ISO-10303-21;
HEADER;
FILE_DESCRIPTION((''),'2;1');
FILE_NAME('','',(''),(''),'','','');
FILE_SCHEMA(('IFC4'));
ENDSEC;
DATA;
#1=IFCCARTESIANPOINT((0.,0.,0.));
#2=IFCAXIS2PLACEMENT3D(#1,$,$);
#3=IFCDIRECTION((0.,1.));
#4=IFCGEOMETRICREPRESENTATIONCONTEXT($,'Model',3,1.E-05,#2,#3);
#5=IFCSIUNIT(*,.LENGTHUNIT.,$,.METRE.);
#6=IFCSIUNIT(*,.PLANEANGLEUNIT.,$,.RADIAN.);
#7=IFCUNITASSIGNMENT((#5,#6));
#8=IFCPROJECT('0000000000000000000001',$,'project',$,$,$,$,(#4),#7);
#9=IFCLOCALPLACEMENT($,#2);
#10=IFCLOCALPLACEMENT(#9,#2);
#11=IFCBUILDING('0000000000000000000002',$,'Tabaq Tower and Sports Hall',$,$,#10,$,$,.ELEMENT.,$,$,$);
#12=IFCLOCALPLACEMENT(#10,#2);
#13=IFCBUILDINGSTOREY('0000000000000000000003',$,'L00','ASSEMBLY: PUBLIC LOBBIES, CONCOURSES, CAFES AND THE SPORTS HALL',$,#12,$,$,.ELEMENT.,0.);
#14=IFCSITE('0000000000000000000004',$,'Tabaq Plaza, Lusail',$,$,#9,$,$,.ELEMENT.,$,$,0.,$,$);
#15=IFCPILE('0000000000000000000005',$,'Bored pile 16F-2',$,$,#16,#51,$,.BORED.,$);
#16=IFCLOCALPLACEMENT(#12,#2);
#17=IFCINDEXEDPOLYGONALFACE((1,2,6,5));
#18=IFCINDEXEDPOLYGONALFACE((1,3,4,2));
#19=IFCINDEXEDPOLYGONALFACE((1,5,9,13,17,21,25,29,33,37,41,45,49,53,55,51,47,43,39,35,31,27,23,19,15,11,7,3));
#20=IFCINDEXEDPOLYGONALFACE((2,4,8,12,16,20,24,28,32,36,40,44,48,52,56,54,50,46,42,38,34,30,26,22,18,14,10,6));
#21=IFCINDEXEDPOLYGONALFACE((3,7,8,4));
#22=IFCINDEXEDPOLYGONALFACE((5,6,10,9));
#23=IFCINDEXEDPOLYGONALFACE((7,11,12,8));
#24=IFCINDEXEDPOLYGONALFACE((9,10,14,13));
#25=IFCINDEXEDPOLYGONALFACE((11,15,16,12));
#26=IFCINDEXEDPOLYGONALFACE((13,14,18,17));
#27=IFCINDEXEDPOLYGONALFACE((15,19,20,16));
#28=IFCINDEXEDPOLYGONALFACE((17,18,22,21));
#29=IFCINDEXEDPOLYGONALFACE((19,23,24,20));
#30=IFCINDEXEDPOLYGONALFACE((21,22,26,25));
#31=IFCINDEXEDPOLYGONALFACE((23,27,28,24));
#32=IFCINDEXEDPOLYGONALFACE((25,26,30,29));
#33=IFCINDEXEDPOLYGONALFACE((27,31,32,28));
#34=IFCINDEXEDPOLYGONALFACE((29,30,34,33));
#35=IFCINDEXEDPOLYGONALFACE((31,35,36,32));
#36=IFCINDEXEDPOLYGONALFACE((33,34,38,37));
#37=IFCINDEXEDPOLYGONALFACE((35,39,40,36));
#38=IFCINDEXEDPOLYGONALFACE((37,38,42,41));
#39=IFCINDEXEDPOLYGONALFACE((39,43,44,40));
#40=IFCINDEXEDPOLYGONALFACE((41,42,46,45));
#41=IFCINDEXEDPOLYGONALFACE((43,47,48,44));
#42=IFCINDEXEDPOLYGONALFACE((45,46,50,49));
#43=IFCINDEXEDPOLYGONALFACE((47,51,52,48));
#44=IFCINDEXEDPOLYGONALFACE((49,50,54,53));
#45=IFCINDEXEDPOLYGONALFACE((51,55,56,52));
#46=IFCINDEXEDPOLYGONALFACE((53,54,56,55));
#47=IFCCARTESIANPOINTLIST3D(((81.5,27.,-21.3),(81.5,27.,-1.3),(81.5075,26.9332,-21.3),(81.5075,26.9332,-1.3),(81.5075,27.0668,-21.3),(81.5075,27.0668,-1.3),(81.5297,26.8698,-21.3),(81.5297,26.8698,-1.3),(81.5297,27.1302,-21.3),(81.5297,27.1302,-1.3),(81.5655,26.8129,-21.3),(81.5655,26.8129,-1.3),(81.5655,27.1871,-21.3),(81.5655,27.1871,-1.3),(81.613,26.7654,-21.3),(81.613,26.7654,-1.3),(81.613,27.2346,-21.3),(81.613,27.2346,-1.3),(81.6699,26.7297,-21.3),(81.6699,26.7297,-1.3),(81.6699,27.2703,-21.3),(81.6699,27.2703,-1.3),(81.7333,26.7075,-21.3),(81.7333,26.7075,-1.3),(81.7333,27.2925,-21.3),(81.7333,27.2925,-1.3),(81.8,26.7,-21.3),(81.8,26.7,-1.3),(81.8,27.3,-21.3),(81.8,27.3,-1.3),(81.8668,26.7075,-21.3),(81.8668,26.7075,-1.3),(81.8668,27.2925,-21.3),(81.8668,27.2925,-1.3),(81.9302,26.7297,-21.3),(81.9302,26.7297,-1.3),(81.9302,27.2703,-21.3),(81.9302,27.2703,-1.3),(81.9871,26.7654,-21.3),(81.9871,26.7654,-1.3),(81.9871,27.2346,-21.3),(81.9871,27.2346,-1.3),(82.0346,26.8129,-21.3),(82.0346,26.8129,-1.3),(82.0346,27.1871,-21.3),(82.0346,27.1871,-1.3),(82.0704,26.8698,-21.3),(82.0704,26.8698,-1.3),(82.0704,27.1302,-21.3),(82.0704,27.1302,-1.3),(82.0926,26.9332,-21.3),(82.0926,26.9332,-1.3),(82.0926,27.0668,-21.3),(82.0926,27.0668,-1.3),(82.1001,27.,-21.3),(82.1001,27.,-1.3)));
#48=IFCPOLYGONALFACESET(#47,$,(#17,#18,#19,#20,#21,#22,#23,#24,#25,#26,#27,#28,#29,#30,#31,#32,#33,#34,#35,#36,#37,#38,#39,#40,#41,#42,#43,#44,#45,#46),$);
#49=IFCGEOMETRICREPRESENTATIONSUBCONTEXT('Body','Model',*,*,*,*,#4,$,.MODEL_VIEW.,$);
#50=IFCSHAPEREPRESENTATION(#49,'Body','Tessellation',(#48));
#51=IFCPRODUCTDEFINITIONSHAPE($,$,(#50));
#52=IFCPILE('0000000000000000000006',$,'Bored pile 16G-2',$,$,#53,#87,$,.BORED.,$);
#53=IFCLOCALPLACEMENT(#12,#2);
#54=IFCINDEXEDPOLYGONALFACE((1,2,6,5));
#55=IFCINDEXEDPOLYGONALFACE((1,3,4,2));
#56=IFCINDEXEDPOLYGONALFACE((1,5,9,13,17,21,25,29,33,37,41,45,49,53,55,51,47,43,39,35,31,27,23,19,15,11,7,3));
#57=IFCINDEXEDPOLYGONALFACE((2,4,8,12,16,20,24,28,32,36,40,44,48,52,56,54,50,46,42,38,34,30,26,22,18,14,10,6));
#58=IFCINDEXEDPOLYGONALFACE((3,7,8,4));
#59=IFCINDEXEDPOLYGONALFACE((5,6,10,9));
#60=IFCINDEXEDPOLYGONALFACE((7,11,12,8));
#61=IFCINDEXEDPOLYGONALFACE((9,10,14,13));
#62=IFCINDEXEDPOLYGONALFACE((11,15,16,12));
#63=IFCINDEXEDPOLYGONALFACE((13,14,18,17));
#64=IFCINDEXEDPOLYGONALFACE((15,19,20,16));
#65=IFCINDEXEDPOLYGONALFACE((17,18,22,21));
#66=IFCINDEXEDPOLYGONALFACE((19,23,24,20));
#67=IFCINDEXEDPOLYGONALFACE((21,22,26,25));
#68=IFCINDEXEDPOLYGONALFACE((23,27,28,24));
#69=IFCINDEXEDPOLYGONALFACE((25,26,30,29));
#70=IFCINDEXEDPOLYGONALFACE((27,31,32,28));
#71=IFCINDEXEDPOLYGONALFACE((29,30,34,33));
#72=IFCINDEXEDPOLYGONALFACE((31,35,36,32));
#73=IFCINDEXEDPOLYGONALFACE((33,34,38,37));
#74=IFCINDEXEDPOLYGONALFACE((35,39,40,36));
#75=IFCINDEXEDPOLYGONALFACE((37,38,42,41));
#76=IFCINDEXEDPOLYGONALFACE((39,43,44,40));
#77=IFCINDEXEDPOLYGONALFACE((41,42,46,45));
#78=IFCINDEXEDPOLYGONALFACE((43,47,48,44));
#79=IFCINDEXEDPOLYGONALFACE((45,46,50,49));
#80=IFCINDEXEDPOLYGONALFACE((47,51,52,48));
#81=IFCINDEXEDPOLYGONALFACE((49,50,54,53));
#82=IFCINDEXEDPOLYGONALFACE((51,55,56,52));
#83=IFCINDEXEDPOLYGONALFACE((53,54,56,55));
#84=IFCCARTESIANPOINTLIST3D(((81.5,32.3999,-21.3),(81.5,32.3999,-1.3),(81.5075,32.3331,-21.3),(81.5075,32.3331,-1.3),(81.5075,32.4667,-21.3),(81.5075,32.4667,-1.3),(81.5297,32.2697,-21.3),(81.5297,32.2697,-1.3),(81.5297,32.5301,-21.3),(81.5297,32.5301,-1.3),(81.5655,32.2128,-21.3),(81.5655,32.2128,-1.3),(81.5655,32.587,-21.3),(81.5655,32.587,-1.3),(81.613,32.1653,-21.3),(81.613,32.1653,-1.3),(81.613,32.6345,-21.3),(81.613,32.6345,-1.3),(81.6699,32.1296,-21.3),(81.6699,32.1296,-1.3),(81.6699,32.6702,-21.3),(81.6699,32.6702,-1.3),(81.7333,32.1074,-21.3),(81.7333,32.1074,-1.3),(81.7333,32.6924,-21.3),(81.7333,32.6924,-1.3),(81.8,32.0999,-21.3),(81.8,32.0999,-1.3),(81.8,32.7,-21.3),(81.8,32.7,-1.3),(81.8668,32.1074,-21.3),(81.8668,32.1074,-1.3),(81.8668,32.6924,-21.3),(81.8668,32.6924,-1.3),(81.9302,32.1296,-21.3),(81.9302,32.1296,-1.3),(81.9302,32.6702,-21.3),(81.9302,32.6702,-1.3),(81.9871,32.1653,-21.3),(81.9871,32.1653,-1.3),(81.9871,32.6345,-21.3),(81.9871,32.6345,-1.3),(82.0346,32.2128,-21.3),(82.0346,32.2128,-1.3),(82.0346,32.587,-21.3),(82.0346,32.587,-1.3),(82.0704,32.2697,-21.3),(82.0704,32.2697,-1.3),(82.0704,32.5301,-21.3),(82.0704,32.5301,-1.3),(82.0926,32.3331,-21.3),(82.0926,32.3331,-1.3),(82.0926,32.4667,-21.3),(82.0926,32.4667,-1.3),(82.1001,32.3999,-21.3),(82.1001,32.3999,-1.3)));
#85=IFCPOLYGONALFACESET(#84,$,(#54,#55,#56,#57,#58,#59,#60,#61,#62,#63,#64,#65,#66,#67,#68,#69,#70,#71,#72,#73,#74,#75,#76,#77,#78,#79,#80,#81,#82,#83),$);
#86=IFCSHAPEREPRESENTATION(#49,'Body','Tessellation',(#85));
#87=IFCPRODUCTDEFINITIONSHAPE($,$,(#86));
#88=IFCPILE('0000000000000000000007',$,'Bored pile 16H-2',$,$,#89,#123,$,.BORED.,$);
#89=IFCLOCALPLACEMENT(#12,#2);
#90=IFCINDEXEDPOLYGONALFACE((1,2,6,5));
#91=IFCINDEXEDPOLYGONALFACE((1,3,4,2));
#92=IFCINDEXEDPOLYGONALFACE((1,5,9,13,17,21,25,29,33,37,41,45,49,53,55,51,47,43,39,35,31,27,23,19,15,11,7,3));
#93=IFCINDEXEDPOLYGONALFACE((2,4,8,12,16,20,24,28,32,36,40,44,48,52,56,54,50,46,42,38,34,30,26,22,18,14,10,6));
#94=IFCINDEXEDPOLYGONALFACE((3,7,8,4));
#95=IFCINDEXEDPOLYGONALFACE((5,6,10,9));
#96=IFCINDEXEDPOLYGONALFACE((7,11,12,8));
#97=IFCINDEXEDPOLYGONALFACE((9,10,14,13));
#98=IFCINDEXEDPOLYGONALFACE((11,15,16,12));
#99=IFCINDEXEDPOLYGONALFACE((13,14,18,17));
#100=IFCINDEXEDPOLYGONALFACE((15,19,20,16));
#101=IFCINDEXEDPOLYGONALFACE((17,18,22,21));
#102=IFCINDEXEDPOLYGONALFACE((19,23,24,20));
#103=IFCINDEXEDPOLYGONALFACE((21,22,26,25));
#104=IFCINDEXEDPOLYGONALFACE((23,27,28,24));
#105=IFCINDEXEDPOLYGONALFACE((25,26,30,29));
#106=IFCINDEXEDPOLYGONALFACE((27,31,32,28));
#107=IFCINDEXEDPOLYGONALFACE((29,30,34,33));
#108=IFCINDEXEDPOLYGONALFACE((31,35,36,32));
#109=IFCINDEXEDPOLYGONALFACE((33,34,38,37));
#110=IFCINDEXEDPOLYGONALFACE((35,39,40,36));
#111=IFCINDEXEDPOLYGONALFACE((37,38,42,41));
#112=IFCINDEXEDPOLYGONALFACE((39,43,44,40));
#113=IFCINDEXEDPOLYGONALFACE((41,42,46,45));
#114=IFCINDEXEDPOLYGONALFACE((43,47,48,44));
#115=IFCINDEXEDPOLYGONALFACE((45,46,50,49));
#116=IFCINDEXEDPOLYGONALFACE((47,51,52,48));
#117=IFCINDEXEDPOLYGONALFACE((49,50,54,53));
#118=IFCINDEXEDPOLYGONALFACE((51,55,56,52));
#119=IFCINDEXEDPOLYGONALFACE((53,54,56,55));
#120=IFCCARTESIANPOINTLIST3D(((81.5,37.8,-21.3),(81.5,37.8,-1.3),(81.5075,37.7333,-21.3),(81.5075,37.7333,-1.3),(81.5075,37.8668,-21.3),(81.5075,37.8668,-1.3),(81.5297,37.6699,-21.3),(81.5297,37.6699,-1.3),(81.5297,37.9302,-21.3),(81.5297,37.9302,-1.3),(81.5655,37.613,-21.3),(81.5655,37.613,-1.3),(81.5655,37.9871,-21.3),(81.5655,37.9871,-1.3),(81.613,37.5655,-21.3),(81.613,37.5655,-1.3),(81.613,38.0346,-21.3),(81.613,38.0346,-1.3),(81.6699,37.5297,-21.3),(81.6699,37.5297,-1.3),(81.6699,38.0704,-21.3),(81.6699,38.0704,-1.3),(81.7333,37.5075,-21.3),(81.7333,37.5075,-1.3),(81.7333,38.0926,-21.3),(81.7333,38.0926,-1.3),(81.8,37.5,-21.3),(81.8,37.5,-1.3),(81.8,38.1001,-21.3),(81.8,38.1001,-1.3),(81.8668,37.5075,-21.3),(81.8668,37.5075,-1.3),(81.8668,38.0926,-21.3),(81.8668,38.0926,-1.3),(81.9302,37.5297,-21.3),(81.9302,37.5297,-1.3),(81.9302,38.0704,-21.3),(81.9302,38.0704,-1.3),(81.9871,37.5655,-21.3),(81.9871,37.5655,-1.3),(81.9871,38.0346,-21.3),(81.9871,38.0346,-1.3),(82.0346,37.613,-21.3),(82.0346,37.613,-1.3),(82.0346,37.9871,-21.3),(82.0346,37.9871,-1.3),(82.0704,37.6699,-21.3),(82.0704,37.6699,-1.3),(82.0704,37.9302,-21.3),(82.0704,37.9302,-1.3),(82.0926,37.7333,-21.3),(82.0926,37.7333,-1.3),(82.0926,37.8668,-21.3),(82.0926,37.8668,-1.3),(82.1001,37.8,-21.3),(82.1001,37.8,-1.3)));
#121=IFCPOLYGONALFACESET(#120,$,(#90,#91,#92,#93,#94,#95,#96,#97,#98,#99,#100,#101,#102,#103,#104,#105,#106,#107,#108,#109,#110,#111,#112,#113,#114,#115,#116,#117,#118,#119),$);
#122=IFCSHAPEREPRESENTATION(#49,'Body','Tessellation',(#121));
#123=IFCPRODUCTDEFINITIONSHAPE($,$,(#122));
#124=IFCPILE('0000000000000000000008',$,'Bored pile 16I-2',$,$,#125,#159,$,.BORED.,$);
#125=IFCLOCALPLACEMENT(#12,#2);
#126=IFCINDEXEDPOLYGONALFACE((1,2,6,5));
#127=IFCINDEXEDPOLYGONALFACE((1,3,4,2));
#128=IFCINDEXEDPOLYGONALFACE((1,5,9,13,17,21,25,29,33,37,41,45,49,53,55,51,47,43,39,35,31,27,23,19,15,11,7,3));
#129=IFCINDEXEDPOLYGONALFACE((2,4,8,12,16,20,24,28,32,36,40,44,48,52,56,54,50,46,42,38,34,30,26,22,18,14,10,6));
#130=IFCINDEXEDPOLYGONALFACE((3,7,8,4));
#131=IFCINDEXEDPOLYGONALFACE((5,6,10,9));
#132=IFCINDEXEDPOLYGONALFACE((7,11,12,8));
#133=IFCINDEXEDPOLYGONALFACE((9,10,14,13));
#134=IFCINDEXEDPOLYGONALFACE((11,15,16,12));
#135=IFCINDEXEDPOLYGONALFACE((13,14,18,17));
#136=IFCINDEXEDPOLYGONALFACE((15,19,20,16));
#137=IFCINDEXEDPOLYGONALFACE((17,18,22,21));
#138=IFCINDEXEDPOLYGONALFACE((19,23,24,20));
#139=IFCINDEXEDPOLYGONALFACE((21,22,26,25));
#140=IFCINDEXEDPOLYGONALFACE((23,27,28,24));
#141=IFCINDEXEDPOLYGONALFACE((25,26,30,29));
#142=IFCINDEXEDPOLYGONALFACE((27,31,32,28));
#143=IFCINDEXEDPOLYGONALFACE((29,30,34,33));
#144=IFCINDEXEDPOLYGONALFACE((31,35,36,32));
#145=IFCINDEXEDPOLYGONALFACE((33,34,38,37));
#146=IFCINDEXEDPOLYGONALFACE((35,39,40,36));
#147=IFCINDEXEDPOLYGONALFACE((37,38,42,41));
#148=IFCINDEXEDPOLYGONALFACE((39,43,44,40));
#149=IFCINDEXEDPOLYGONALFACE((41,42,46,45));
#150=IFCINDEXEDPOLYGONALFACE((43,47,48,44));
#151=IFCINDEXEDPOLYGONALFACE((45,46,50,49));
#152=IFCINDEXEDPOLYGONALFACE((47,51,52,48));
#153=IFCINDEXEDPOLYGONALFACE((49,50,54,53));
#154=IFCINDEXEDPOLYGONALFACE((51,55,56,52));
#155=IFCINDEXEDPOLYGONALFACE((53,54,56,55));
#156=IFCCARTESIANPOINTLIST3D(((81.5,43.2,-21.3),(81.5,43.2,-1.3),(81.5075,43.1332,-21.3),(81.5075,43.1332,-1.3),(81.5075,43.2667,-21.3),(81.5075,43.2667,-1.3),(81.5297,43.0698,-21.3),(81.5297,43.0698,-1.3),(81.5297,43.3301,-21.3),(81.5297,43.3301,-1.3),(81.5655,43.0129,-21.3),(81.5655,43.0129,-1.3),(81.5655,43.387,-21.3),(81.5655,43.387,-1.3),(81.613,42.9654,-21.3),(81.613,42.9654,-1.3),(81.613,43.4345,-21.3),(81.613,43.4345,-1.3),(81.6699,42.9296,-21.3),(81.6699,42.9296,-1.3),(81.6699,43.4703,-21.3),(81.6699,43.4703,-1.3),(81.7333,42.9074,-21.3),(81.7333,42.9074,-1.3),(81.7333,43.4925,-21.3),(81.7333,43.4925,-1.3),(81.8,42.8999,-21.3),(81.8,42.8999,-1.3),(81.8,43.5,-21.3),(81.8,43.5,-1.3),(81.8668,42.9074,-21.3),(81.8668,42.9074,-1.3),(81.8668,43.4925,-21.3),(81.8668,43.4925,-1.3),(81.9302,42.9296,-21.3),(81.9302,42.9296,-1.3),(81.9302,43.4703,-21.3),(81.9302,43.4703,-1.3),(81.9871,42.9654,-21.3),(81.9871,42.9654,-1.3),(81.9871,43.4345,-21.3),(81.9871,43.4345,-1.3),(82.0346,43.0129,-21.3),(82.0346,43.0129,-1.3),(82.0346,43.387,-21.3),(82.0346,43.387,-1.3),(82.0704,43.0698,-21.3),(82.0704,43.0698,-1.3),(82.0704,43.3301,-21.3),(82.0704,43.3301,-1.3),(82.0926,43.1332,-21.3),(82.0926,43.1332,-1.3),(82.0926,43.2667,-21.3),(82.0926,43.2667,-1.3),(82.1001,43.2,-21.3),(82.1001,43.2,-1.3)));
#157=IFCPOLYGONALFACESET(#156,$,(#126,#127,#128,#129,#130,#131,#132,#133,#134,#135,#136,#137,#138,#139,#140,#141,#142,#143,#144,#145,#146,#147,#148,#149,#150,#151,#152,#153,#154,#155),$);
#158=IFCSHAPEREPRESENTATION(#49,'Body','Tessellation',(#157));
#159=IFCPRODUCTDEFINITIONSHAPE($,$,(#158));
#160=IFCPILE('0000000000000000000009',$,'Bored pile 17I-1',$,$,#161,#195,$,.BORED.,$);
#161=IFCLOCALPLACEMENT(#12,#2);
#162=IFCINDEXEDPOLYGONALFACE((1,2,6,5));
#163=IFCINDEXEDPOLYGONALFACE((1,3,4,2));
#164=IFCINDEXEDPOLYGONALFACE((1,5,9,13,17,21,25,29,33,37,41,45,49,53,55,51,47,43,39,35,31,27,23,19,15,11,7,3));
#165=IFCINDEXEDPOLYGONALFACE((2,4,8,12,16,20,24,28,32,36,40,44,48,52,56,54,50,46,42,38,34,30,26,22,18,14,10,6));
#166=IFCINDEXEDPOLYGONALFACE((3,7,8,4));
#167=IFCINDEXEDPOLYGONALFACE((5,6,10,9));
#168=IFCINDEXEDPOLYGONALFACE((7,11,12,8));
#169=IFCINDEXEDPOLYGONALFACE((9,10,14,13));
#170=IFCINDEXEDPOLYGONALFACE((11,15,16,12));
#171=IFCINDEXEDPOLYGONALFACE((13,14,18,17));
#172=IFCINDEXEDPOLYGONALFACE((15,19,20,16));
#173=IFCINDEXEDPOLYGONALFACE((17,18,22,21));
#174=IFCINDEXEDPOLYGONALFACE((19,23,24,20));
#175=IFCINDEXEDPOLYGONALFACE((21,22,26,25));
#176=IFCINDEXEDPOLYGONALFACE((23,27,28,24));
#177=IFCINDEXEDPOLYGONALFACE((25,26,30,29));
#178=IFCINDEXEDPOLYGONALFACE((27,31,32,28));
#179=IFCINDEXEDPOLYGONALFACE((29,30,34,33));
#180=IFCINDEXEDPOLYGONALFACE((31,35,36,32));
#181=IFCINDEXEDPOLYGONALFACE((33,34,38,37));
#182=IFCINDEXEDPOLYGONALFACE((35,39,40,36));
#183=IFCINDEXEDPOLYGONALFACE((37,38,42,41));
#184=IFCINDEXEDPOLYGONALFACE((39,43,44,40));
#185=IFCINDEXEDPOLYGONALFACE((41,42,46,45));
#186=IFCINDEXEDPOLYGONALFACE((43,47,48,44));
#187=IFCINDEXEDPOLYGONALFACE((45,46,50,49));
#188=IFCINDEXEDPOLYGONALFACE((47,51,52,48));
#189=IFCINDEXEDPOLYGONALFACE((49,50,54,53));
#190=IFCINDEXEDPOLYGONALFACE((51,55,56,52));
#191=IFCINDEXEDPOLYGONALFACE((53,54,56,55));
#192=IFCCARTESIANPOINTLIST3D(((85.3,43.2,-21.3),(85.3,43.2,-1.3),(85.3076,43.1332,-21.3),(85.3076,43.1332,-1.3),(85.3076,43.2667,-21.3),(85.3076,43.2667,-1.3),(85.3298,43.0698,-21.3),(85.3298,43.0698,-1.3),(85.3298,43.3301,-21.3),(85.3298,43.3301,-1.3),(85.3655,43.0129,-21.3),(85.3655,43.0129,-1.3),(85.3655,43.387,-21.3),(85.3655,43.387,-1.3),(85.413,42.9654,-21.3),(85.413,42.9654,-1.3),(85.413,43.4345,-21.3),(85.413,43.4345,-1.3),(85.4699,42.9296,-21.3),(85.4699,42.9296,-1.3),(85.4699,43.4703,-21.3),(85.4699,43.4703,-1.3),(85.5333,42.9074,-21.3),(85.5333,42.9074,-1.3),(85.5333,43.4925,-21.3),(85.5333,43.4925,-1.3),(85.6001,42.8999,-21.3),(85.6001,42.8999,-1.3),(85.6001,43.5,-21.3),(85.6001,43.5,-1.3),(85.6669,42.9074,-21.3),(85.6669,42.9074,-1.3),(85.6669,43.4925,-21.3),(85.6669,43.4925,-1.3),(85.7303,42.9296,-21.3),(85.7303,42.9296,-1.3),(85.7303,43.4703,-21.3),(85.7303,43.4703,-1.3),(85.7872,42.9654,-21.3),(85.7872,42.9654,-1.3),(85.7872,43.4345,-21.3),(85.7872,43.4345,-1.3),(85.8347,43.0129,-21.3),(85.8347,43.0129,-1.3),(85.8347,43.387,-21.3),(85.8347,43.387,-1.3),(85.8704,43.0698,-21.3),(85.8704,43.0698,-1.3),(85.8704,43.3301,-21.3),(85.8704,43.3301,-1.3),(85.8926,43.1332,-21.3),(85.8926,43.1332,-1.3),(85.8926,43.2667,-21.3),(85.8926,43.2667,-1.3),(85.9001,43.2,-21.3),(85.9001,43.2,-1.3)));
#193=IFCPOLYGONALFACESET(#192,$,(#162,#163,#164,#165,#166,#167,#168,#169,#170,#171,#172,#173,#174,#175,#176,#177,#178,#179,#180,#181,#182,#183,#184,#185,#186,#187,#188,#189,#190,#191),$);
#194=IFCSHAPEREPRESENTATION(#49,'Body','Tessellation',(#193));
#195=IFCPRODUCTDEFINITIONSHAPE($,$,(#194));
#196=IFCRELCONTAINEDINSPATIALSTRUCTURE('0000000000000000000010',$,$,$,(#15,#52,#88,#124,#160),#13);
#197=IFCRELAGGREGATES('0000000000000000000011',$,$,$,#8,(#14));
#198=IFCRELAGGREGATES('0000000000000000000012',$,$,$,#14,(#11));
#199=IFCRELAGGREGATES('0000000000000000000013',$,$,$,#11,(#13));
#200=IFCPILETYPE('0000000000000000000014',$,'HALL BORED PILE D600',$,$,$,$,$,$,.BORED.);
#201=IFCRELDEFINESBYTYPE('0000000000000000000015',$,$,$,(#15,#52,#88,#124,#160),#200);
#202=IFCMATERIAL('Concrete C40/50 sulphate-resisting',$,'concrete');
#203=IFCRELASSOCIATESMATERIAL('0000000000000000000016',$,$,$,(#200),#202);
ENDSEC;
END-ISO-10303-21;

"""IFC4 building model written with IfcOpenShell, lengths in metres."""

from ifc_helpers import new_model, si_unit, direction, frame, origin, origin_2d, place, context, subcontext, project, spatial, circle, extrude, material, material_profile, profile_set, type_object, element, save


model = new_model("IFC4")

# Units and contexts
model_context = context("Model", 3, precision=1e-05, world=origin(), true_north=direction((0.0, 1.0)))
body_context = subcontext(model_context, "Body", "Model", "MODEL_VIEW")
ifc_project = project(units=[si_unit("LENGTHUNIT", "METRE"), si_unit("PLANEANGLEUNIT", "RADIAN")], contexts=[model_context])

# Site, building, storey
site_placement = place(None, origin())
site = spatial("IfcSite", under=ifc_project, at=site_placement, Name="Tabaq Plaza, Lusail", CompositionType="ELEMENT", RefElevation=0.0)
building_placement = place(site_placement, origin())
building = spatial("IfcBuilding", under=site, at=building_placement, Name="Tabaq Tower and Sports Hall", CompositionType="ELEMENT")
storey_placement = place(building_placement, origin())
storey = spatial("IfcBuildingStorey", under=building, at=storey_placement, Name="L00", Description="ASSEMBLY: PUBLIC LOBBIES, CONCOURSES, CAFES AND THE SPORTS HALL", CompositionType="ELEMENT", Elevation=0.0)

# Piles
ifc_material_1 = material(Name="Concrete C40/50 sulphate-resisting", Category="concrete")
ifc_material_profile_1 = material_profile(ifc_material_1, circle(Radius=0.3, at=origin_2d()), Name="D600")
ifc_profile_set_1 = profile_set([ifc_material_profile_1], Name="Concrete C40/50 sulphate-resisting")
pile_type = type_object("IfcPileType", Name="HALL BORED PILE D600", PredefinedType="BORED", material=ifc_profile_set_1)
for number, where, z_axis, x_axis, name in (
    (1, (81.8, 27.0, -1.3), (0.0, 0.0, -1.0), (1.0, 0.0, 0.0), "Bored pile 16F-2"),
    (2, (81.8, 32.3999, -1.3), (0.0, 0.0, -1.0), (1.0, 0.0, 0.0), "Bored pile 16G-2"),
    (3, (81.8, 37.8, -1.3), (0.0, 0.0, -1.0), (1.0, 0.0, 0.0), "Bored pile 16H-2"),
    (4, (81.8, 43.2, -1.3), (0.0, 0.0, -1.0), (1.0, 0.0, 0.0), "Bored pile 16I-2"),
    (5, (85.6001, 43.2, -1.3), (0.0, 0.0, -1.0), (1.0, 0.0, 0.0), "Bored pile 17I-1"),
):
    element("IfcPile", number, at=place(storey_placement, frame(where, z_axis=z_axis, x_axis=x_axis)), inside=storey, type_object=pile_type, Name=name, PredefinedType="BORED", context=body_context, shape_type="SweptSolid", body=[
        extrude(circle(Radius=0.3, at=origin_2d()), origin(), (0.0, 0.0, 1.0), 20.0),
    ])

save(model, "model.ifc")
